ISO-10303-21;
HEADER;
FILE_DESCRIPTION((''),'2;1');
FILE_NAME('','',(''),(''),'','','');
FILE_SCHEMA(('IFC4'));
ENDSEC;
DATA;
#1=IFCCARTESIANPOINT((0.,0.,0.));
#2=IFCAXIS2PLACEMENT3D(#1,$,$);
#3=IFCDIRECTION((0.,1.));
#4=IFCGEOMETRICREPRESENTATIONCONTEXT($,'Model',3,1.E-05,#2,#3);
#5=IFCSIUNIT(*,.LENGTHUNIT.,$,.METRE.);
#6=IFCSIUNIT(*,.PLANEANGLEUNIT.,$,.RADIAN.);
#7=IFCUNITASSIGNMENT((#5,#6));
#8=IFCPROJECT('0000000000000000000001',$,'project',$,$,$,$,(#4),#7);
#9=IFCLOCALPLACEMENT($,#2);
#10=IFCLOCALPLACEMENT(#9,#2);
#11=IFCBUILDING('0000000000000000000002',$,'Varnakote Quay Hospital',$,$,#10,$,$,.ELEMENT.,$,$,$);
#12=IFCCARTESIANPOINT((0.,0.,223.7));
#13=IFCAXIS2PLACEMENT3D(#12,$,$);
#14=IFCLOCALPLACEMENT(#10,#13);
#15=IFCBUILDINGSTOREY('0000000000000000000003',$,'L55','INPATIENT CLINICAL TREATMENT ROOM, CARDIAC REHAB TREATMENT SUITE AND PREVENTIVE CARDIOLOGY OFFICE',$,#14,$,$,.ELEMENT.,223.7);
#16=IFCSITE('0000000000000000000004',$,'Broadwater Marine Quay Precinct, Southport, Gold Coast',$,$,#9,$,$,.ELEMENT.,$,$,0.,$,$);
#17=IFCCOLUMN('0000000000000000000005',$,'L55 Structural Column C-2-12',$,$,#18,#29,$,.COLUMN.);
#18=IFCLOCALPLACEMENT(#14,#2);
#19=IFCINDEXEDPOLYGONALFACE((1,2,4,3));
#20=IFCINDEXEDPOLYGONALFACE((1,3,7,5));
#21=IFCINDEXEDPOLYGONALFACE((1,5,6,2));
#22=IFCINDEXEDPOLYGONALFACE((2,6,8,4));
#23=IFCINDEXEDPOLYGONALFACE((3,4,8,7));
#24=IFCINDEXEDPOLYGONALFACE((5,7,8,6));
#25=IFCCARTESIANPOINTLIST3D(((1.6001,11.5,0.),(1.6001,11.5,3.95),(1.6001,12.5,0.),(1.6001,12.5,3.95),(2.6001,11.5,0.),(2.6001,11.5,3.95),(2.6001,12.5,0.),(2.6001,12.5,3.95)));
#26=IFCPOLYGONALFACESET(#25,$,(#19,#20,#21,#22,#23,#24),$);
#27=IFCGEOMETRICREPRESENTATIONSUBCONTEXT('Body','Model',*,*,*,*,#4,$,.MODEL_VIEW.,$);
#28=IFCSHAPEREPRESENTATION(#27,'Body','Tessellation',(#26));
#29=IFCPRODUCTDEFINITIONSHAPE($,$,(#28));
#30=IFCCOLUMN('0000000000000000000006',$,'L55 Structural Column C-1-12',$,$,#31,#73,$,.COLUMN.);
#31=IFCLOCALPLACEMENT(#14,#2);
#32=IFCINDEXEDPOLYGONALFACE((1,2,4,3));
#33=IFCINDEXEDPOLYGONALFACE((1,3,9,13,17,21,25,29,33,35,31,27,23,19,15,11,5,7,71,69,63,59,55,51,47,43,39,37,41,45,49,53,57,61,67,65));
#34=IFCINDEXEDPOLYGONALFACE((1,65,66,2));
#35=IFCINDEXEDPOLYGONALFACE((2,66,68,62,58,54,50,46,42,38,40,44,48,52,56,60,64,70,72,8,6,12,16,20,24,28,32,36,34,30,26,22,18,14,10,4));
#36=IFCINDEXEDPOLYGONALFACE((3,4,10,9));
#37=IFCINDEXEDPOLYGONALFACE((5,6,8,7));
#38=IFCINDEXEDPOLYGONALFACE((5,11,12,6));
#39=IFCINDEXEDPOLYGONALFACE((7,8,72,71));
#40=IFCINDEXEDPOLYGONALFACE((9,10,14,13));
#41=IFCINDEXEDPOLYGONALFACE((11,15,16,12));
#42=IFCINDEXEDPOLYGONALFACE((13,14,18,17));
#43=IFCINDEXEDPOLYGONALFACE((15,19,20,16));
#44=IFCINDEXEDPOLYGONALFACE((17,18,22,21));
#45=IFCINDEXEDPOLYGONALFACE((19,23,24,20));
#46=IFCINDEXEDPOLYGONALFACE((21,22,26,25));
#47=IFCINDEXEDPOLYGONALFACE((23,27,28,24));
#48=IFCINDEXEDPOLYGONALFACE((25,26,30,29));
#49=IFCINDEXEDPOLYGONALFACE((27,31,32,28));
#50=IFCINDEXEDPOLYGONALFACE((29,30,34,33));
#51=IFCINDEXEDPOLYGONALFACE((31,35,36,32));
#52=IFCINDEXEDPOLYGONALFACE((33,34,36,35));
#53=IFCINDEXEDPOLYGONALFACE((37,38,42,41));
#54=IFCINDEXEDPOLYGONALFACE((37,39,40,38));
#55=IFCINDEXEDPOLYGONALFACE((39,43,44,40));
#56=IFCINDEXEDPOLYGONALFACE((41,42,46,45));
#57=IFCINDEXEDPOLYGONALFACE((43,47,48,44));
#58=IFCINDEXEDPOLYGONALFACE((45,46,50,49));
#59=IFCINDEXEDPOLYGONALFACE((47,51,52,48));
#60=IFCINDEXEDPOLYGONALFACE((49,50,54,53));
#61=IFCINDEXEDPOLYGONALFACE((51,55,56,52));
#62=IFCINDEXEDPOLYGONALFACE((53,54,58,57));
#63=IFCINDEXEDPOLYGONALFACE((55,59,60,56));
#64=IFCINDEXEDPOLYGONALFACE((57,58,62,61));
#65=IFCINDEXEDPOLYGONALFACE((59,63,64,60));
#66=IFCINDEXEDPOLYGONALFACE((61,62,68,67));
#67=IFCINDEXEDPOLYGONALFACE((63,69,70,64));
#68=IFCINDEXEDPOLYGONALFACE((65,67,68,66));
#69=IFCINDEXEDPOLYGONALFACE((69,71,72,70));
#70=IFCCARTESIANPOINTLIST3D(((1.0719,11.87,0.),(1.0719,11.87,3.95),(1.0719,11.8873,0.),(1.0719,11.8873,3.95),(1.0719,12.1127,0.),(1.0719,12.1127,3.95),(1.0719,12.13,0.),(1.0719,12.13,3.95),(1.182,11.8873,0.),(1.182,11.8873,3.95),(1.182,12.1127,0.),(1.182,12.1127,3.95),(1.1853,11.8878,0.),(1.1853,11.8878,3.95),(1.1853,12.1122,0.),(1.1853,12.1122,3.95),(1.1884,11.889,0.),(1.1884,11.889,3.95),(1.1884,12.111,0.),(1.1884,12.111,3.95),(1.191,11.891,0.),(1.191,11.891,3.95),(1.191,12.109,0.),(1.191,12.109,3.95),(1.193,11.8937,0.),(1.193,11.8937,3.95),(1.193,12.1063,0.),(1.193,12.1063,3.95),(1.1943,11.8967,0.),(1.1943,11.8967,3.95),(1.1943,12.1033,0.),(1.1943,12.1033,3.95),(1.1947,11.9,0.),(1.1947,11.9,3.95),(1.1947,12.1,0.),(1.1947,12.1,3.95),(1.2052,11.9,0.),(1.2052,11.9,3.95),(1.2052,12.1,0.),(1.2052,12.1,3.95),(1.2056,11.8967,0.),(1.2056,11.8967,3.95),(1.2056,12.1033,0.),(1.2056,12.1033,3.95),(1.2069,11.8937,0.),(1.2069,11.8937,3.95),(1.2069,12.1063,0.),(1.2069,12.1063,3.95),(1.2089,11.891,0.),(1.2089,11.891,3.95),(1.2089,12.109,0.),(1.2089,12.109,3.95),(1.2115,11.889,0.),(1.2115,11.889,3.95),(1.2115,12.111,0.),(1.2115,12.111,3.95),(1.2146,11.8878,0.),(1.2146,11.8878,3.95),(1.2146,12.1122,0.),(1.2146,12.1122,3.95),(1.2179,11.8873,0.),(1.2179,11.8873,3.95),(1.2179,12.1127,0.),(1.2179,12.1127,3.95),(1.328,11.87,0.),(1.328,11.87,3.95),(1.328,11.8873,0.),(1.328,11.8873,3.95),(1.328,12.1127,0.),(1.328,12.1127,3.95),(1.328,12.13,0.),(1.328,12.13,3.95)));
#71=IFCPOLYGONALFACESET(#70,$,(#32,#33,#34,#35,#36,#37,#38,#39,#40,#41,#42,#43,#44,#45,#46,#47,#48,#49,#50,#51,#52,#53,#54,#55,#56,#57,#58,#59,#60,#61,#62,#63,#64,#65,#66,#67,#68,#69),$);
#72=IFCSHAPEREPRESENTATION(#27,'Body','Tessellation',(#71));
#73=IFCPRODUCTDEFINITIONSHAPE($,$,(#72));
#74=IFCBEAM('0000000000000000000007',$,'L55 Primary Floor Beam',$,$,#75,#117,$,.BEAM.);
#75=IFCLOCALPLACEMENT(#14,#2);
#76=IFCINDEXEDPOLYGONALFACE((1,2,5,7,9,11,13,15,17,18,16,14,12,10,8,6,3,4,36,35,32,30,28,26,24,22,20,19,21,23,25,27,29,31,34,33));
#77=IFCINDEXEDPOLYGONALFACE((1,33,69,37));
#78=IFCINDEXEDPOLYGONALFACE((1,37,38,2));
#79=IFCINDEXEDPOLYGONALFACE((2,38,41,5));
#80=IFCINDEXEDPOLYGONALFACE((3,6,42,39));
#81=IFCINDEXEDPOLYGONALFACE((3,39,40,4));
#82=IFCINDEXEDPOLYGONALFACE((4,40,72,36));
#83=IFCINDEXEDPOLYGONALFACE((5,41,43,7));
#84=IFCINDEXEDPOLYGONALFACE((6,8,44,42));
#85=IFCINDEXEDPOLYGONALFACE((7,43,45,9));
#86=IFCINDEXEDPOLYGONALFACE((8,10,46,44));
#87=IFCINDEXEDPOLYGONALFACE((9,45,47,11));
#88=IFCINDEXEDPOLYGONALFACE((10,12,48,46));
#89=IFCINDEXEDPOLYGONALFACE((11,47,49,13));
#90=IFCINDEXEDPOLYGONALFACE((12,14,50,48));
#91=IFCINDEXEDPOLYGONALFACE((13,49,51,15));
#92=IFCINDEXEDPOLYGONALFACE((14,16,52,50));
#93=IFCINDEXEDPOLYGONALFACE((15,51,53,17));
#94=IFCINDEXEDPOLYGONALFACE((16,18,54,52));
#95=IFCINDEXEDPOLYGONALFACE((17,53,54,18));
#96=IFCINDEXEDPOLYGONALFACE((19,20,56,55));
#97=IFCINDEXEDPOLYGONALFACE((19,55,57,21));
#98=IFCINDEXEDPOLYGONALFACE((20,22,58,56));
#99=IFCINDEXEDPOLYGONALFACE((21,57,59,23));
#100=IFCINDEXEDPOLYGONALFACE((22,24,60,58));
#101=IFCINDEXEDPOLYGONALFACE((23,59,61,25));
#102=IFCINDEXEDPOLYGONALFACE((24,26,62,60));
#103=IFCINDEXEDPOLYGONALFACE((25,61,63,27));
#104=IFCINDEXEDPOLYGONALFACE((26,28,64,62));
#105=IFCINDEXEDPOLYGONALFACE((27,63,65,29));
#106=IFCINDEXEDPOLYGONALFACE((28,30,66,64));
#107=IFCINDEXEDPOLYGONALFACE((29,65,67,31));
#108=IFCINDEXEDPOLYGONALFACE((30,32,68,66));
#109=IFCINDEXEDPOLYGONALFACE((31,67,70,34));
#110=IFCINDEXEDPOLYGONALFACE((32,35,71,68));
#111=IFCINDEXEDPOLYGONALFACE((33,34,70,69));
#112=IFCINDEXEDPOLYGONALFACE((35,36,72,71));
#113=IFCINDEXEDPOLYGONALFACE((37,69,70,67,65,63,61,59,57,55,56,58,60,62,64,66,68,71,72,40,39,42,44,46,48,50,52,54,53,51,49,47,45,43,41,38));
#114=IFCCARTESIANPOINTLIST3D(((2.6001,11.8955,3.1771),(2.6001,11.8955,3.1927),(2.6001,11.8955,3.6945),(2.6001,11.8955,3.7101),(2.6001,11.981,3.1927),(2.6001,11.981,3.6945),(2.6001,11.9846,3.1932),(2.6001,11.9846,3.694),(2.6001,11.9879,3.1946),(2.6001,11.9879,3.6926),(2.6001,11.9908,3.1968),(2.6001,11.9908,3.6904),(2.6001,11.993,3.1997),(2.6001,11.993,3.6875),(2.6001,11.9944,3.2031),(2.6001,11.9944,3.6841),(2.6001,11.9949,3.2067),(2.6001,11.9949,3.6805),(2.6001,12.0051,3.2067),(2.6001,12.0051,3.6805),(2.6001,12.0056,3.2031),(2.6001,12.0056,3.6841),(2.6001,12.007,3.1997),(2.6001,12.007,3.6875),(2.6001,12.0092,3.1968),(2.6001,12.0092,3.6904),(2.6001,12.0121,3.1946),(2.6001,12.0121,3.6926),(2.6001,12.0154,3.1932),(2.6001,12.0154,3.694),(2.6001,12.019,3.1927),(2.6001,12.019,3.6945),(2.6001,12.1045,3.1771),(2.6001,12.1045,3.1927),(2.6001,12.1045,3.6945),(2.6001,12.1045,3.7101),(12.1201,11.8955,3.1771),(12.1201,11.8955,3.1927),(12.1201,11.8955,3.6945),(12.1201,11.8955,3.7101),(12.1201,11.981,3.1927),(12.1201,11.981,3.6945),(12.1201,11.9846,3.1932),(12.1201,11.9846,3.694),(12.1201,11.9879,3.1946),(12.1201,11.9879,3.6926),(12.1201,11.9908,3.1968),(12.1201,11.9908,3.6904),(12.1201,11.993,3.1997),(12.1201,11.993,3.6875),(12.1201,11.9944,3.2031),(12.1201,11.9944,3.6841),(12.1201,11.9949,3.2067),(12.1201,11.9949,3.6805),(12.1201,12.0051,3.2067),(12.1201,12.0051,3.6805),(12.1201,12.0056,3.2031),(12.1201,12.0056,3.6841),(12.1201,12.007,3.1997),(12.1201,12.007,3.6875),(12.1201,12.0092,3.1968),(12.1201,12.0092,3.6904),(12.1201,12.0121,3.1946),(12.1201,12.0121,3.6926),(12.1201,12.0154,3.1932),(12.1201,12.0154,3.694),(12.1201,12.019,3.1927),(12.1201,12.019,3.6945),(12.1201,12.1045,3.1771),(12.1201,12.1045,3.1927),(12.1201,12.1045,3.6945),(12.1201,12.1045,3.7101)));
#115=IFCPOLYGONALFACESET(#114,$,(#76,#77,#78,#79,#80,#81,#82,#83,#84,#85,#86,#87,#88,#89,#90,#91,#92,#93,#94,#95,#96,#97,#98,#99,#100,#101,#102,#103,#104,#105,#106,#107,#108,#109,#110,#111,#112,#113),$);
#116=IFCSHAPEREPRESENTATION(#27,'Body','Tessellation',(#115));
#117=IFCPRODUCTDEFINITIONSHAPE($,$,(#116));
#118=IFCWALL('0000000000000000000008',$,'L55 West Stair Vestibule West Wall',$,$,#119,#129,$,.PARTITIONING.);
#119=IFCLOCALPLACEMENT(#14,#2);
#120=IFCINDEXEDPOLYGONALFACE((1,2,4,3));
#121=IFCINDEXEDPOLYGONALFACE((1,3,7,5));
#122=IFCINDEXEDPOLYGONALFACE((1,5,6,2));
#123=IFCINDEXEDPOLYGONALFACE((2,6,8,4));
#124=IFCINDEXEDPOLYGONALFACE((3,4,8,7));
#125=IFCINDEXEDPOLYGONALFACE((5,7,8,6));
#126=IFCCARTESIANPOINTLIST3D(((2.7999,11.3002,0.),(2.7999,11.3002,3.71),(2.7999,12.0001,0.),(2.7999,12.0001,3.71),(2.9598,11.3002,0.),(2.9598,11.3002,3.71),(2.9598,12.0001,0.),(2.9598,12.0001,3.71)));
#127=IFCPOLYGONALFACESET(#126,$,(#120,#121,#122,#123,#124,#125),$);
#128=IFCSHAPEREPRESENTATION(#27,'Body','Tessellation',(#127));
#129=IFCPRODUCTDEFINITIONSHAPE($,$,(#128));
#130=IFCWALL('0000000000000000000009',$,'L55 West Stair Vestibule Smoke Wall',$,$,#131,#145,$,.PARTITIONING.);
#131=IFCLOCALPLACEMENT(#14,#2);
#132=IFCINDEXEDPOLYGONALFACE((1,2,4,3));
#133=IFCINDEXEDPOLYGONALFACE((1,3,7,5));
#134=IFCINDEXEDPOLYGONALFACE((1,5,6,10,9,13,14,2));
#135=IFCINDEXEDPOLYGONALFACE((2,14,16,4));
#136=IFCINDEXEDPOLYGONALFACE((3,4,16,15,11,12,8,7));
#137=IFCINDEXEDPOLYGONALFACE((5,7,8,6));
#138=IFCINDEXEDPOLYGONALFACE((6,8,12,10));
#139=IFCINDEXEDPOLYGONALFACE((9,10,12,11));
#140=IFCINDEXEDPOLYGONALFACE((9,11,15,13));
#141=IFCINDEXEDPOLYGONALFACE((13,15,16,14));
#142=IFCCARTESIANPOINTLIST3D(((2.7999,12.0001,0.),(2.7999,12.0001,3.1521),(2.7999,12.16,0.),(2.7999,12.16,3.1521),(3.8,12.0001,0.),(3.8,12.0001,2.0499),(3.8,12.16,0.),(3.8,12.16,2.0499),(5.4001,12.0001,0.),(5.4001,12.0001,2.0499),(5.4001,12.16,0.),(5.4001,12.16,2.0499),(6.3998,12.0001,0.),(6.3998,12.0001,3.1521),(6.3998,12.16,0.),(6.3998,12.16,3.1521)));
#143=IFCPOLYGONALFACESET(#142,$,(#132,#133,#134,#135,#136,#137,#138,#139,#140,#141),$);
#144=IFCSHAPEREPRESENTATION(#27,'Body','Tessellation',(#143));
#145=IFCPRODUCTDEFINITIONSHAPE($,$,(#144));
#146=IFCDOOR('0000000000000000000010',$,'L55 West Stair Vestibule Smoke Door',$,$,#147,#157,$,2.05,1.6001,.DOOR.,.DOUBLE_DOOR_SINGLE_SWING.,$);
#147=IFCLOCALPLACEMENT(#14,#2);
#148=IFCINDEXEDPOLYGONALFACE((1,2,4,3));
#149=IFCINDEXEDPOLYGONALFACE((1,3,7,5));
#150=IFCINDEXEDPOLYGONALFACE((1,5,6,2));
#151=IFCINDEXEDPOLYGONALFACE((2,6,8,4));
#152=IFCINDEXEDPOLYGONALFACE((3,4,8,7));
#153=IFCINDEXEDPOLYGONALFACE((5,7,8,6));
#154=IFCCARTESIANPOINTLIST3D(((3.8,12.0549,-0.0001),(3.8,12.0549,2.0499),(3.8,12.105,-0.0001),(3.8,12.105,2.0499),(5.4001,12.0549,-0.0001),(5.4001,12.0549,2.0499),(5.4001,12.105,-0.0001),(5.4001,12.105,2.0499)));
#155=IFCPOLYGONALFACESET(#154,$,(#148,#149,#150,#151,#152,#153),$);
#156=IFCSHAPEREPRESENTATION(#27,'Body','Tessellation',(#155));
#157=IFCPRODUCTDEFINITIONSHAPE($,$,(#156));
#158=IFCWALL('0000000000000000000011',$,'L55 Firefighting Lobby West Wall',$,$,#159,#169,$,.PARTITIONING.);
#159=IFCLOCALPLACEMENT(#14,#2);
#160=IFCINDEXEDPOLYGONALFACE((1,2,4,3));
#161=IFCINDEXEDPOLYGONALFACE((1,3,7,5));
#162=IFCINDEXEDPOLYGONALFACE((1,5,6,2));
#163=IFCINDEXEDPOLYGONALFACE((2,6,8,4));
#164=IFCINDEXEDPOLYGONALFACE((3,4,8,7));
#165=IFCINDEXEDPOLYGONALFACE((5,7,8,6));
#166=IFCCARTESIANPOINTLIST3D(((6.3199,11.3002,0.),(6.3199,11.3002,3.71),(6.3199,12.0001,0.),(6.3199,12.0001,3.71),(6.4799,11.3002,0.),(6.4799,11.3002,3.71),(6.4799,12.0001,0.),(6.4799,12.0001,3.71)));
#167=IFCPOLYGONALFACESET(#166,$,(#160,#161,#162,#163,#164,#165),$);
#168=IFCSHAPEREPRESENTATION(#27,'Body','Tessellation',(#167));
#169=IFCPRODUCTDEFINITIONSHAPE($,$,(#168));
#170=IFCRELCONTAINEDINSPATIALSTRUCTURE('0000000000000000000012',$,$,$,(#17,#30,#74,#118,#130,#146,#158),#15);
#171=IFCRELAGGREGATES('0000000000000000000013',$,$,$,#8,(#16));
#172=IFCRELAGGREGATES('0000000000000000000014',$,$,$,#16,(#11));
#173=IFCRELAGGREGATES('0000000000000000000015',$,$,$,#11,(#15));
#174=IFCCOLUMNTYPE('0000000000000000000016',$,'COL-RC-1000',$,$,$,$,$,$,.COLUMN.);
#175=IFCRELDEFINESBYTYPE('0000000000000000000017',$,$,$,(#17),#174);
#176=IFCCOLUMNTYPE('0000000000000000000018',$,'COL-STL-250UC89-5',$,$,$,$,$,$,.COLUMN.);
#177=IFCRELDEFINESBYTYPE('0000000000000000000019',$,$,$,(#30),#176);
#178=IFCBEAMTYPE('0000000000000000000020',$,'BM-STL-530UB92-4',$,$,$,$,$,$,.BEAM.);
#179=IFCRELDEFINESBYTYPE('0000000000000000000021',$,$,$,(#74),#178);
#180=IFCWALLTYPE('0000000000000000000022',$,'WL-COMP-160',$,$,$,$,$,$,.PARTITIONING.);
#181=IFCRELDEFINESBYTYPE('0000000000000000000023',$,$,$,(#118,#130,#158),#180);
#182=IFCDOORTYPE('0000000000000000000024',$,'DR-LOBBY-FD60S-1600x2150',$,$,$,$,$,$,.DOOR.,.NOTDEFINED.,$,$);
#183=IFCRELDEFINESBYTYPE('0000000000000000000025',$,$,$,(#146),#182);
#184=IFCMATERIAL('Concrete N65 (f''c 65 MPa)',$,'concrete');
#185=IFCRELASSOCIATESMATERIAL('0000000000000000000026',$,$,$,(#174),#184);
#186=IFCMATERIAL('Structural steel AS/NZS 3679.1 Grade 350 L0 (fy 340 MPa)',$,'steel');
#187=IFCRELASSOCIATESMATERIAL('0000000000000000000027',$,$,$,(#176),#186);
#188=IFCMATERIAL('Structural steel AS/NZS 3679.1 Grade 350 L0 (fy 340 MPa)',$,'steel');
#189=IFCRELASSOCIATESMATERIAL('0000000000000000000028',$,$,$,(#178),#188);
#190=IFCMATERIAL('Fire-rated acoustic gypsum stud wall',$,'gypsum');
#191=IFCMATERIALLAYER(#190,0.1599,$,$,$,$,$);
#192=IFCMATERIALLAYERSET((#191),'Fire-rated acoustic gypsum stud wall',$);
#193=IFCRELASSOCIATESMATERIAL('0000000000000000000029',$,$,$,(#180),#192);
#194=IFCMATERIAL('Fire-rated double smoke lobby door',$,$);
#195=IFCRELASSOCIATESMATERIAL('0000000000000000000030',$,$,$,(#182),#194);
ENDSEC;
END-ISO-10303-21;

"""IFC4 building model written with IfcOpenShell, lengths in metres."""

from ifc_helpers import new_model, si_unit, direction, frame, frame_2d, origin, origin_2d, place, context, subcontext, project, spatial, rectangle, i_section, extrude, material, layer, layer_set, material_profile, profile_set, type_object, element, fill, save


model = new_model("IFC4")

# Units and contexts
model_context = context("Model", 3, precision=1e-05, world=origin(), true_north=direction((0.0, 1.0)))
body_context = subcontext(model_context, "Body", "Model", "MODEL_VIEW")
ifc_project = project(units=[si_unit("LENGTHUNIT", "METRE"), si_unit("PLANEANGLEUNIT", "RADIAN")], contexts=[model_context])

# Site, building, storey
site_placement = place(None, origin())
site = spatial("IfcSite", under=ifc_project, at=site_placement, Name="Broadwater Marine Quay Precinct, Southport, Gold Coast", CompositionType="ELEMENT", RefElevation=0.0)
building_placement = place(site_placement, origin())
building = spatial("IfcBuilding", under=site, at=building_placement, Name="Varnakote Quay Hospital", CompositionType="ELEMENT")
storey_placement = place(building_placement, frame((0.0, 0.0, 223.7)))
storey = spatial("IfcBuildingStorey", under=building, at=storey_placement, Name="L55", Description="INPATIENT CLINICAL TREATMENT ROOM, CARDIAC REHAB TREATMENT SUITE AND PREVENTIVE CARDIOLOGY OFFICE", CompositionType="ELEMENT", Elevation=223.7)

# Columns
ifc_material_1 = material(Name="Concrete N65 (f'c 65 MPa)", Category="concrete")
ifc_material_profile_1 = material_profile(ifc_material_1, rectangle(XDim=1.0, YDim=1.0, at=origin_2d()), Name="RC-COL-1000x1000")
ifc_profile_set_1 = profile_set([ifc_material_profile_1], Name="Concrete N65 (f'c 65 MPa)")
column_type_1 = type_object("IfcColumnType", Name="COL-RC-1000", PredefinedType="COLUMN", material=ifc_profile_set_1)
column_1_placement = place(storey_placement, frame((2.1001, 12.0, 0.0), z_axis=(0.0, 0.0, 1.0), x_axis=(1.0, 0.0, 0.0)))
element("IfcColumn", 1, at=column_1_placement, inside=storey, type_object=column_type_1, Name="L55 Structural Column C-2-12", PredefinedType="COLUMN", context=body_context, shape_type="SweptSolid", body=[
    extrude(rectangle(XDim=1.0, YDim=1.0, at=origin_2d()), origin(), (0.0, 0.0, 1.0), 3.95),
])
ifc_material_2 = material(Name="Structural steel AS/NZS 3679.1 Grade 350 L0 (fy 340 MPa)", Category="steel")
ifc_material_profile_2 = material_profile(ifc_material_2, i_section(OverallWidth=0.2561, OverallDepth=0.26, WebThickness=0.0105, FlangeThickness=0.0173, FilletRadius=0.0127, at=origin_2d()), Name="250UC89.5")
ifc_profile_set_2 = profile_set([ifc_material_profile_2], Name="Structural steel AS/NZS 3679.1 Grade 350 L0 (fy 340 MPa)")
column_type_2 = type_object("IfcColumnType", Name="COL-STL-250UC89-5", PredefinedType="COLUMN", material=ifc_profile_set_2)
column_2_placement = place(storey_placement, frame((1.2, 12.0, 0.0), z_axis=(0.0, 0.0, 1.0), x_axis=(1.0, 0.0, 0.0)))
element("IfcColumn", 2, at=column_2_placement, inside=storey, type_object=column_type_2, Name="L55 Structural Column C-1-12", PredefinedType="COLUMN", context=body_context, shape_type="SweptSolid", body=[
    extrude(i_section(OverallWidth=0.2561, OverallDepth=0.26, WebThickness=0.0105, FlangeThickness=0.0173, FilletRadius=0.0127, at=origin_2d()), origin(), (0.0, 0.0, 1.0), 3.95),
])

# Beam
ifc_material_3 = material(Name="Structural steel AS/NZS 3679.1 Grade 350 L0 (fy 340 MPa)", Category="steel")
ifc_material_profile_3 = material_profile(ifc_material_3, i_section(OverallWidth=0.209, OverallDepth=0.533, WebThickness=0.0103, FlangeThickness=0.0156, FilletRadius=0.0139, at=origin_2d()), Name="530UB92.4")
ifc_profile_set_3 = profile_set([ifc_material_profile_3], Name="Structural steel AS/NZS 3679.1 Grade 350 L0 (fy 340 MPa)")
beam_type = type_object("IfcBeamType", Name="BM-STL-530UB92-4", PredefinedType="BEAM", material=ifc_profile_set_3)
beam_placement = place(storey_placement, frame((2.6001, 12.0, 3.4436), z_axis=(1.0, 0.0, 0.0), x_axis=(0.0, 1.0, 0.0)))
element("IfcBeam", 3, at=beam_placement, inside=storey, type_object=beam_type, Name="L55 Primary Floor Beam", PredefinedType="BEAM", context=body_context, shape_type="SweptSolid", body=[
    extrude(i_section(OverallWidth=0.209, OverallDepth=0.533, WebThickness=0.0103, FlangeThickness=0.0156, FilletRadius=0.0139, at=origin_2d()), origin(), (0.0, 0.0, 1.0), 9.52),
])

# Wall
ifc_material_4 = material(Name="Fire-rated acoustic gypsum stud wall", Category="gypsum")
ifc_layer_1 = layer(ifc_material_4, 0.1599)
ifc_layer_set_1 = layer_set([ifc_layer_1], Name="Fire-rated acoustic gypsum stud wall")
wall_type_1 = type_object("IfcWallType", Name="WL-COMP-160", PredefinedType="PARTITIONING", material=ifc_layer_set_1)
wall_1_placement = place(storey_placement, frame((2.8799, 11.3, 0.0), z_axis=(0.0, 0.0, 1.0), x_axis=(0.0, 1.0, 0.0)))
element("IfcWall", 4, at=wall_1_placement, inside=storey, type_object=wall_type_1, Name="L55 West Stair Vestibule West Wall", PredefinedType="PARTITIONING", context=body_context, shape_type="SweptSolid", body=[
    extrude(rectangle(XDim=0.7, YDim=0.1599, at=frame_2d((0.3501, 0.0))), origin(), (0.0, 0.0, 1.0), 3.71),
])

# Wall, opening, door
wall_2_placement = place(storey_placement, frame((2.8, 12.0801, 0.0), z_axis=(0.0, 0.0, 1.0), x_axis=(1.0, 0.0, 0.0)))
wall_2 = element("IfcWall", 5, at=wall_2_placement, inside=storey, type_object=wall_type_1, Name="L55 West Stair Vestibule Smoke Wall", PredefinedType="PARTITIONING", context=body_context, shape_type="SweptSolid", body=[
    extrude(rectangle(XDim=3.5999, YDim=0.1599, at=frame_2d((1.7998, 0.0))), origin(), (0.0, 0.0, 1.0), 3.1521),
])
opening_1_placement = place(wall_2_placement, frame((1.0, 0.0, 0.0)))
opening_1 = element("IfcOpeningElement", 6, at=opening_1_placement, cuts=wall_2, PredefinedType="OPENING", context=body_context, shape_type="SweptSolid", body=[
    extrude(rectangle(XDim=1.6001, YDim=2.05, at=frame_2d((0.8, 1.0249))), frame((0.0, 0.0898, 0.0), z_axis=(0.0, -1.0, 0.0), x_axis=(1.0, 0.0, 0.0)), (0.0, 0.0, 1.0), 0.1799),
])
ifc_material_5 = material(Name="Fire-rated double smoke lobby door")
door_type_1 = type_object("IfcDoorType", Name="DR-LOBBY-FD60S-1600x2150", OperationType="NOTDEFINED", PredefinedType="DOOR", material=ifc_material_5)
door_1_placement = place(opening_1_placement, origin())
door_1 = element("IfcDoor", 7, at=door_1_placement, inside=storey, type_object=door_type_1, Name="L55 West Stair Vestibule Smoke Door", OperationType="DOUBLE_DOOR_SINGLE_SWING", OverallHeight=2.05, OverallWidth=1.6001, PredefinedType="DOOR", context=body_context, shape_type="SweptSolid", body=[
    extrude(rectangle(XDim=1.6001, YDim=2.05, at=frame_2d((0.8, 1.0249))), frame((0.0, 0.0249, 0.0), z_axis=(0.0, -1.0, 0.0), x_axis=(1.0, 0.0, 0.0)), (0.0, 0.0, 1.0), 0.05),
])
fill(opening_1, door_1)

# Wall
wall_3_placement = place(storey_placement, frame((6.3999, 11.3, 0.0), z_axis=(0.0, 0.0, 1.0), x_axis=(0.0, 1.0, 0.0)))
element("IfcWall", 8, at=wall_3_placement, inside=storey, type_object=wall_type_1, Name="L55 Firefighting Lobby West Wall", PredefinedType="PARTITIONING", context=body_context, shape_type="SweptSolid", body=[
    extrude(rectangle(XDim=0.7, YDim=0.1599, at=frame_2d((0.3501, 0.0))), origin(), (0.0, 0.0, 1.0), 3.71),
])

save(model, "model.ifc")
